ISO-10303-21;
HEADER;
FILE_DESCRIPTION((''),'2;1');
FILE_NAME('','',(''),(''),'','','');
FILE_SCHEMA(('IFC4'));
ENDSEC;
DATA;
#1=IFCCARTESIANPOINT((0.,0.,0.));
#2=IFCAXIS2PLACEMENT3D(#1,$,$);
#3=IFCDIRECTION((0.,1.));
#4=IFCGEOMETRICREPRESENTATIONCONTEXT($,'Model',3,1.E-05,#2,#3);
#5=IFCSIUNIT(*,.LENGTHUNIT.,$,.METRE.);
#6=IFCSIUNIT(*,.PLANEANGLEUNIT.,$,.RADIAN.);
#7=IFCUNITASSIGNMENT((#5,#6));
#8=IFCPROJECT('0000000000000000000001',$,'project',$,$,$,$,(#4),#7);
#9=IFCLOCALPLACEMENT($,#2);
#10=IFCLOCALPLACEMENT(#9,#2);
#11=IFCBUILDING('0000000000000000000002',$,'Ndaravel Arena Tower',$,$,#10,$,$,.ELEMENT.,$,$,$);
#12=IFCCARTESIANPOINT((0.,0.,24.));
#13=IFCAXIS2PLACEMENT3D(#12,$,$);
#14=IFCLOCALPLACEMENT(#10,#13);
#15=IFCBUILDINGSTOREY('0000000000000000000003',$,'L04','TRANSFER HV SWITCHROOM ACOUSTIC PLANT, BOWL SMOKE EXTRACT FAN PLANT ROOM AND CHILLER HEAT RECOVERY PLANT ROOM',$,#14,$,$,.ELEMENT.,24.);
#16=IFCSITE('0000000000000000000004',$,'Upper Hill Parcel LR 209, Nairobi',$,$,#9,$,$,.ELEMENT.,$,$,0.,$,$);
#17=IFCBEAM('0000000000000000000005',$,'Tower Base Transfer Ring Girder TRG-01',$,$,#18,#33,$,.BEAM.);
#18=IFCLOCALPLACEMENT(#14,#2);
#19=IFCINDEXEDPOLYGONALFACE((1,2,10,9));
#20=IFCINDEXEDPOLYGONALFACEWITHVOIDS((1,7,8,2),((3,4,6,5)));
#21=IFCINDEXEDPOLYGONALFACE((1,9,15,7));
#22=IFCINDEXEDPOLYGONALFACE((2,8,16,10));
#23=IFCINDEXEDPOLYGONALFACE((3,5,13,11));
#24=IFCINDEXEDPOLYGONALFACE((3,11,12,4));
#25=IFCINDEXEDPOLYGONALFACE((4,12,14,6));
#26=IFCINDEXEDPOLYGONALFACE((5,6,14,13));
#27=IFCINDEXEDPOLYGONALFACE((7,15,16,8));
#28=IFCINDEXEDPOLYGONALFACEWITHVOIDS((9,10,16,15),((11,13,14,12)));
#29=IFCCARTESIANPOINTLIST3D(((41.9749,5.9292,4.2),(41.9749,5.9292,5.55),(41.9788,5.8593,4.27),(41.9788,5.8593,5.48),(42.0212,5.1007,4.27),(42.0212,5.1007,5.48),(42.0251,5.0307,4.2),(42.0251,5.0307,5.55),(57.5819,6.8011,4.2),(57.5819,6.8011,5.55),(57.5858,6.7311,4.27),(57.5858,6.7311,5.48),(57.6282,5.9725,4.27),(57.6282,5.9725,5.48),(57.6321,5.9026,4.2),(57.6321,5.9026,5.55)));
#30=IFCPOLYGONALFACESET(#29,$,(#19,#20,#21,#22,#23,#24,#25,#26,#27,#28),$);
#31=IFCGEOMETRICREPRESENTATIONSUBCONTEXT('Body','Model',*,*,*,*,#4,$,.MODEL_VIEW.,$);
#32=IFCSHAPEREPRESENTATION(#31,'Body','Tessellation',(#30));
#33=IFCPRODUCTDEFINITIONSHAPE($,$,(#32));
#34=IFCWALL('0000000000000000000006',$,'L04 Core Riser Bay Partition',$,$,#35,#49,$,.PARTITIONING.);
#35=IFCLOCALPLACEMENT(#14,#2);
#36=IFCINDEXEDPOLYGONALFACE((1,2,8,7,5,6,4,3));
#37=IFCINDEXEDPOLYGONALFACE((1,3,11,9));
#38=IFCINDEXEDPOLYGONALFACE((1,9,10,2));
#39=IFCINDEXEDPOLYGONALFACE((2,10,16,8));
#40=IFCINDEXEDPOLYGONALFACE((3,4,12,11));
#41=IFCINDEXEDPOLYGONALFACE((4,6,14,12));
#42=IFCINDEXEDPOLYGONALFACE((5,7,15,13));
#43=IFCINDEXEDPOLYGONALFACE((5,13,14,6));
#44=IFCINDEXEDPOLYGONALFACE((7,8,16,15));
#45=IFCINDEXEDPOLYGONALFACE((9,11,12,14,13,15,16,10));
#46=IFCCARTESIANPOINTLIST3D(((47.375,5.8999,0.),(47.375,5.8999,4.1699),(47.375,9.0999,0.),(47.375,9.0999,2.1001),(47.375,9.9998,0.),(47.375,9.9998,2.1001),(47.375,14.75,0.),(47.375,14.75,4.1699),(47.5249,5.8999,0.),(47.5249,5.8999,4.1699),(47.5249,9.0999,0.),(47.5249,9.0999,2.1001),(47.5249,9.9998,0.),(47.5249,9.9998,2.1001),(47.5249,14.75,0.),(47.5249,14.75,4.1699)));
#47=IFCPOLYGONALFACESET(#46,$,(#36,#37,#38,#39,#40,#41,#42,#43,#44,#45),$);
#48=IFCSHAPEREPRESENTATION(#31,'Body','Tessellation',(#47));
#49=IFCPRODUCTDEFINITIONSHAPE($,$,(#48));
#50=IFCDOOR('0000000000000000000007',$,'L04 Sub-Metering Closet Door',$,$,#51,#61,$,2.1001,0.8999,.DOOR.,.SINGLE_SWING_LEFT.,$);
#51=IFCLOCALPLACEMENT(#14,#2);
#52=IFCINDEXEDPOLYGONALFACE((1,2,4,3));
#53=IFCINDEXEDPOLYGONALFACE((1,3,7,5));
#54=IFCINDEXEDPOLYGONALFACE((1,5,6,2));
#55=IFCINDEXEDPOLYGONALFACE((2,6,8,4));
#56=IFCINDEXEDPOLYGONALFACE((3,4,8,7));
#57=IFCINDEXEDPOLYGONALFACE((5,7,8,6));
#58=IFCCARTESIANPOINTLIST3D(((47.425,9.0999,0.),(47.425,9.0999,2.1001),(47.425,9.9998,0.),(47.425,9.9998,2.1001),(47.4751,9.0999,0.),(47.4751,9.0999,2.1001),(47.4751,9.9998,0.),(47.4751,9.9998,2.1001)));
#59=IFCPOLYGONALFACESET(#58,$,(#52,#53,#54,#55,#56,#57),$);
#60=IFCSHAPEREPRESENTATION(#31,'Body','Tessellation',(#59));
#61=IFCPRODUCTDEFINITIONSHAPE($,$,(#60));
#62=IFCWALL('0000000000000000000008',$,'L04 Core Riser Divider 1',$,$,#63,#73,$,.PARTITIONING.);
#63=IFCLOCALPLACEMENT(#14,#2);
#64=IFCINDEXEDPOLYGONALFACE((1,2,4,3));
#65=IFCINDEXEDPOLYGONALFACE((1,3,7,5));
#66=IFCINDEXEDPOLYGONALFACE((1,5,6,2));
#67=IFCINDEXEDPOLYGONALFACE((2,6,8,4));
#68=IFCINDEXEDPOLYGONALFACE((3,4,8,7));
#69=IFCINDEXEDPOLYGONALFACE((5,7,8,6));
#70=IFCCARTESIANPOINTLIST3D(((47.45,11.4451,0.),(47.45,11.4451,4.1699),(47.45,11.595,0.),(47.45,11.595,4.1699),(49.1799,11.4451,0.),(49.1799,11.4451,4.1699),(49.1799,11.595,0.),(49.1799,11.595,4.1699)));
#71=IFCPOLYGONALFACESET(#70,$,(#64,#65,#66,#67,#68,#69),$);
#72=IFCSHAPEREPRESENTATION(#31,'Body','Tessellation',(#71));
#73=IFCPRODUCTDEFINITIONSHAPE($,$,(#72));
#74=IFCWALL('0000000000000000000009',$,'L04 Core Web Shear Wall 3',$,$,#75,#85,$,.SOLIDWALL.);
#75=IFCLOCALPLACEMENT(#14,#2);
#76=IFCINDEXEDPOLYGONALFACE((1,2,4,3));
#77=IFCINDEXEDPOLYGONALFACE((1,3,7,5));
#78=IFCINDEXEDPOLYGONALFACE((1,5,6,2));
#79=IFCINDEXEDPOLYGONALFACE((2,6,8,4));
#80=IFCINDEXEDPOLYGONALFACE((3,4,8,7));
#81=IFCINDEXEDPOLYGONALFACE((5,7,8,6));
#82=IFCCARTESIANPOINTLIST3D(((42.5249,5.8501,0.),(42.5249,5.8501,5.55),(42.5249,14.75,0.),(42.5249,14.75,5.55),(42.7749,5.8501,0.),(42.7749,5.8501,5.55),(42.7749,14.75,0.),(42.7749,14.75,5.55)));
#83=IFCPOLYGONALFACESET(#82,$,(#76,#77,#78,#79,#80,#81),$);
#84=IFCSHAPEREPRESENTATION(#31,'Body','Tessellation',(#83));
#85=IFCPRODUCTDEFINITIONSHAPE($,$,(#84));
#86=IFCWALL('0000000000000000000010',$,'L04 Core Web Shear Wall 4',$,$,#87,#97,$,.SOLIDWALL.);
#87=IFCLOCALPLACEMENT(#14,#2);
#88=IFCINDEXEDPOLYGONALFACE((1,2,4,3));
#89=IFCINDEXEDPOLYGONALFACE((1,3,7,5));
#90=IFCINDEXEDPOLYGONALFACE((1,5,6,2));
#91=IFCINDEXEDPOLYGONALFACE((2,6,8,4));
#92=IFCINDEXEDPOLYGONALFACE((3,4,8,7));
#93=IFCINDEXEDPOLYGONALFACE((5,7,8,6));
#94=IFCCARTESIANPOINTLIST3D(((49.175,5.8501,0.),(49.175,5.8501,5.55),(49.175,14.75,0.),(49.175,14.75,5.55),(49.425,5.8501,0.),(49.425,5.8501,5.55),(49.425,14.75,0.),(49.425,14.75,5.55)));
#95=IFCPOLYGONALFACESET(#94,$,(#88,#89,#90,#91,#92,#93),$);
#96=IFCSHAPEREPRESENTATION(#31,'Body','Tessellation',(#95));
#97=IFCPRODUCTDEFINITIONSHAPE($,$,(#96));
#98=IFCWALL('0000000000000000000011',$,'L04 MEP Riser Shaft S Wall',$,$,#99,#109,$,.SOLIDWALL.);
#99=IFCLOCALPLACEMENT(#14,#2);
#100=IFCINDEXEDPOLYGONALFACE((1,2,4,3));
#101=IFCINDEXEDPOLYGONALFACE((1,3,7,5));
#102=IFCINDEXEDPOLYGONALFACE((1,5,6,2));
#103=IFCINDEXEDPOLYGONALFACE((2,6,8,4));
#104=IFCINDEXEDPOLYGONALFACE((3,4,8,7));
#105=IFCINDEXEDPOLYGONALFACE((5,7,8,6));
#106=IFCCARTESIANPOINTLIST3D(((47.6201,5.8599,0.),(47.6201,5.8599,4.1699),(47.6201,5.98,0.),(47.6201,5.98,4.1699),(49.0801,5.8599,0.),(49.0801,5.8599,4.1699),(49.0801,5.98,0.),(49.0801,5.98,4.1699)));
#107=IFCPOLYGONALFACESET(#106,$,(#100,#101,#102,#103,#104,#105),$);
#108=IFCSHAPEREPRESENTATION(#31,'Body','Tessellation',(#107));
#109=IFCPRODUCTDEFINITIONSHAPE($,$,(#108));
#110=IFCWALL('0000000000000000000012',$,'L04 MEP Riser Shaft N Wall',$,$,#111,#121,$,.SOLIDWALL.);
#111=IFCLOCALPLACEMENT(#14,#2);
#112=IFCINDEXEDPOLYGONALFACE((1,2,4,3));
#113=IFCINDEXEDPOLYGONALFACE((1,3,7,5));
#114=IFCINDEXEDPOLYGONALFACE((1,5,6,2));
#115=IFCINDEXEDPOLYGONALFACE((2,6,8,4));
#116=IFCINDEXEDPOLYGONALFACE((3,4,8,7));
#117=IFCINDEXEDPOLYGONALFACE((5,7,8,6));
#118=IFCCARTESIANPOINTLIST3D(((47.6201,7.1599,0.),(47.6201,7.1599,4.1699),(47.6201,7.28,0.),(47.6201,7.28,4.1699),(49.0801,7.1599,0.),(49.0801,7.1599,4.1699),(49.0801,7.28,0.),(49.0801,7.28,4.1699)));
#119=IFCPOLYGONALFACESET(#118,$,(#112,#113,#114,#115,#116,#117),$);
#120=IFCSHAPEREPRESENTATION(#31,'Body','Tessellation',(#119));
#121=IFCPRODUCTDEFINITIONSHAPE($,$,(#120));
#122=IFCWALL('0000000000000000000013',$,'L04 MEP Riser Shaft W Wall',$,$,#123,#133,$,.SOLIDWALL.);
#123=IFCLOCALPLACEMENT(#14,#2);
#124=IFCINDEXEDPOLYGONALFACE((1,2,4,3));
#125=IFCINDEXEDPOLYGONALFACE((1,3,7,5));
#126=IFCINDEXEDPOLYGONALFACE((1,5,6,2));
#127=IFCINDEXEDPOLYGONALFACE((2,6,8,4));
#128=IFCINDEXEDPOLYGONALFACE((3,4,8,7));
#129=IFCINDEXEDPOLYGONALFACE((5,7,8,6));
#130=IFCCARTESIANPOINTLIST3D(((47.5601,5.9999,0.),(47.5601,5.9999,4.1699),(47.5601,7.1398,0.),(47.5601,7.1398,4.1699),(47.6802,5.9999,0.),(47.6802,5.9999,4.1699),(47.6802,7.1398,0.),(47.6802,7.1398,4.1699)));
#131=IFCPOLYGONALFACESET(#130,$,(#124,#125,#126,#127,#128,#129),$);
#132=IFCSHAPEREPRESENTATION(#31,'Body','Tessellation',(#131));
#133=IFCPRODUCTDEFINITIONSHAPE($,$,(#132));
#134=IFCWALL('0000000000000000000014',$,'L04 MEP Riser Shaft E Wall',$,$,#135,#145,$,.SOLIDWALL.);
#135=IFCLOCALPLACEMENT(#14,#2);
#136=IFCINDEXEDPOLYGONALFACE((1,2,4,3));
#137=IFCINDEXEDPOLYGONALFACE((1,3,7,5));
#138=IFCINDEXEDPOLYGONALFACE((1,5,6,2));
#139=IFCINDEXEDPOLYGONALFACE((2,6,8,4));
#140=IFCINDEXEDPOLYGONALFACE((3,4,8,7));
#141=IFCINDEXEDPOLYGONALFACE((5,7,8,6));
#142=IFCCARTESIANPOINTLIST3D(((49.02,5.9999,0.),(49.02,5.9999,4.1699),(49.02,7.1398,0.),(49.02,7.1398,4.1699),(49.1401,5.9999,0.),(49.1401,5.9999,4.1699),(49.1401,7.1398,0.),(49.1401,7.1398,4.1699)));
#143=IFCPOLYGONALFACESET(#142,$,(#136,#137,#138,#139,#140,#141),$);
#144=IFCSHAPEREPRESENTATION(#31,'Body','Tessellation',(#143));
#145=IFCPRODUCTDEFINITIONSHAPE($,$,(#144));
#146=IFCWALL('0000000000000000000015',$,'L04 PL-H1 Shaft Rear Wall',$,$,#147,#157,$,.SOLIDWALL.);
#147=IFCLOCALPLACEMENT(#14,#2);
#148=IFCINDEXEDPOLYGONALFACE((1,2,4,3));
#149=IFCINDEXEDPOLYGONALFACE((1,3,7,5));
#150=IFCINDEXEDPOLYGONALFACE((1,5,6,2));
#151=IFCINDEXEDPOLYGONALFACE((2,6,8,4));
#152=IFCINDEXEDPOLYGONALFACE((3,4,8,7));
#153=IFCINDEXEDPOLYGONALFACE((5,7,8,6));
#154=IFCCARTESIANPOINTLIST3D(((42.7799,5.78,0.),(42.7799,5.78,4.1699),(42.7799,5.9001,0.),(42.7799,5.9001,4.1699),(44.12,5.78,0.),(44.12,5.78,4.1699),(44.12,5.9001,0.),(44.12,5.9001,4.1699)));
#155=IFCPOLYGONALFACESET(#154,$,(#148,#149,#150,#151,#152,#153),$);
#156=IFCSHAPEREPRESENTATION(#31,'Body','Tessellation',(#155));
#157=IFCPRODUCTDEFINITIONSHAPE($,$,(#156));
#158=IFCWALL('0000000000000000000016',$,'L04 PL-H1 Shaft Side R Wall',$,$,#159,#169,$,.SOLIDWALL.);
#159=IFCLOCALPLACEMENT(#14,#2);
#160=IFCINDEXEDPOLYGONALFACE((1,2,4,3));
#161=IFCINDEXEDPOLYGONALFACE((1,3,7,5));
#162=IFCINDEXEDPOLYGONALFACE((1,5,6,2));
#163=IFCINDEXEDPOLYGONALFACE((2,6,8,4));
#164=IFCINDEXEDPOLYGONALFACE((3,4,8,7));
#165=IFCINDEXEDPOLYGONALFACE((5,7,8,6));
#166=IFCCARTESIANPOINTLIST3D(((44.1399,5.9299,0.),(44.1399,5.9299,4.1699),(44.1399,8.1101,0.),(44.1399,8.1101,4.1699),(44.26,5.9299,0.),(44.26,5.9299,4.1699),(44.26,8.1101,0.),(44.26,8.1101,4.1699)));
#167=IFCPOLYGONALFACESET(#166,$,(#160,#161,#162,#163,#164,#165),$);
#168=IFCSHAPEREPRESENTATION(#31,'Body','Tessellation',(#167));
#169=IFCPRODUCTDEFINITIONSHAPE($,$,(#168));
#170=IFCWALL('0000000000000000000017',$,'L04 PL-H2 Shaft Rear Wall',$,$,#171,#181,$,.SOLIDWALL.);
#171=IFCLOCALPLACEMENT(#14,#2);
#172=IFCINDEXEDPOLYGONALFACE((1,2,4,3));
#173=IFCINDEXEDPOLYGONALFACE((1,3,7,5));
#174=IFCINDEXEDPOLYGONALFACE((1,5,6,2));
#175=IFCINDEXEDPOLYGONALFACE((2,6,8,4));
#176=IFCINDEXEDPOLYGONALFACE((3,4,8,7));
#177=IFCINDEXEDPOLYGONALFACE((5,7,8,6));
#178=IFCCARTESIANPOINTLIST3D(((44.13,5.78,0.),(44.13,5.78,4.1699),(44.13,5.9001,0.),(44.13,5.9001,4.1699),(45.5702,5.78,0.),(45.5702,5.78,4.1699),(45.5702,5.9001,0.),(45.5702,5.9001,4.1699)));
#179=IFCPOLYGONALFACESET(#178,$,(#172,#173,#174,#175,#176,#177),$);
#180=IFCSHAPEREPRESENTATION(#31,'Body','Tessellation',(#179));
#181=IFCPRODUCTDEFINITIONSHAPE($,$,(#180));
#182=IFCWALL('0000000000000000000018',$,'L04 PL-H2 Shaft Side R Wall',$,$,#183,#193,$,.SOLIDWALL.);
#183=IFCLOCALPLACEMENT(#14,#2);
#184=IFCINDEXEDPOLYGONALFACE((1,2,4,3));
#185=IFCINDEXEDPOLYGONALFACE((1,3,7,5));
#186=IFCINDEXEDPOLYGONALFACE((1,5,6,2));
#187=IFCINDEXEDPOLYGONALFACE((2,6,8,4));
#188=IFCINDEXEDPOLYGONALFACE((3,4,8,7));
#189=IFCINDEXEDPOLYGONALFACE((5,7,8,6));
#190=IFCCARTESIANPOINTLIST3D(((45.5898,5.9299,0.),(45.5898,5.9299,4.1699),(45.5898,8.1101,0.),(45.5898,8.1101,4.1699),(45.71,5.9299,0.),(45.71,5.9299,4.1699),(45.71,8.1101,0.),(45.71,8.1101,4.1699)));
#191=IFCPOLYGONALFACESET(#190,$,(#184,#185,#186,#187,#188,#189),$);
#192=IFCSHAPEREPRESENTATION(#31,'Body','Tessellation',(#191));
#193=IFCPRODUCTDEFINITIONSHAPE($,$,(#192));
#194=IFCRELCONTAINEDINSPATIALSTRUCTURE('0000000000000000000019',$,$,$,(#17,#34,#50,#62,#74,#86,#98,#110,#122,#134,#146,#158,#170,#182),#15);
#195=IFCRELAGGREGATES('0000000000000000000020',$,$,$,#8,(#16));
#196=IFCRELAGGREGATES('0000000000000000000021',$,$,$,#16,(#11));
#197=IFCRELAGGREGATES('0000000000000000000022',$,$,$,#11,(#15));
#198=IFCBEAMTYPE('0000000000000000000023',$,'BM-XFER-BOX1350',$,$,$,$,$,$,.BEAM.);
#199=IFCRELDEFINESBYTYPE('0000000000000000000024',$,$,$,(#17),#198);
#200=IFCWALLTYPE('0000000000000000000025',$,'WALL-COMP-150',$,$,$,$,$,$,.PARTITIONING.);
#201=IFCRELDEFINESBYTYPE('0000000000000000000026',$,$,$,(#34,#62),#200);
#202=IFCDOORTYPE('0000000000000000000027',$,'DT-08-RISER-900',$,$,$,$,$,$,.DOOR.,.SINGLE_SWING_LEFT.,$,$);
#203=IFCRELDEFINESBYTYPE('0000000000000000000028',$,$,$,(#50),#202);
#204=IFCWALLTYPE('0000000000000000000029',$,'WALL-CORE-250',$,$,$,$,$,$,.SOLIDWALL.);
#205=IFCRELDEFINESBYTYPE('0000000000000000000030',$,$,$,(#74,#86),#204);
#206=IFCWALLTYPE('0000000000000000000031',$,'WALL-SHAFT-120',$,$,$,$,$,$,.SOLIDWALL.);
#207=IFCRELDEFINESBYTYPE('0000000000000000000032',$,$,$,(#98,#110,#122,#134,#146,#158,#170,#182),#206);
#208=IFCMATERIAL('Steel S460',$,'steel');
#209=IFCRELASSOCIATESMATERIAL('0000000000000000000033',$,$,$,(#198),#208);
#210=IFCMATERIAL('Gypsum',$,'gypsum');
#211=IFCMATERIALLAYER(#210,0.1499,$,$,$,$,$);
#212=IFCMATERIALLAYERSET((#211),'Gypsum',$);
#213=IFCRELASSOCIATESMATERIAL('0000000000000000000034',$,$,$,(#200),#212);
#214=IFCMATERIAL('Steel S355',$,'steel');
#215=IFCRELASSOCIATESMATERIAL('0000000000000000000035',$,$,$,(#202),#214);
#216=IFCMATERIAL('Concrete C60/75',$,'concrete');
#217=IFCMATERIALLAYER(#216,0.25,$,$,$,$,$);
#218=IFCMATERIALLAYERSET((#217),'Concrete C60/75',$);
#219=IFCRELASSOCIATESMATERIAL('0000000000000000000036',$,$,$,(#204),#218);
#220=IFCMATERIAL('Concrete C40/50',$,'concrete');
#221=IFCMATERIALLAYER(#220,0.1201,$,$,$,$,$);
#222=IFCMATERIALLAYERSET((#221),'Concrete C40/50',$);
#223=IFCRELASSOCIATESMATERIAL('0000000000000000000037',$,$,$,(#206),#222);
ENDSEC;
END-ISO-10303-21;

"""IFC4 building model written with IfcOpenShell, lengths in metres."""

from ifc_helpers import new_model, si_unit, direction, frame, frame_2d, origin, origin_2d, place, context, subcontext, project, spatial, rectangle, hollow_rectangle, extrude, material, layer, layer_set, material_profile, profile_set, type_object, element, fill, save


model = new_model("IFC4")

# Units and contexts
model_context = context("Model", 3, precision=1e-05, world=origin(), true_north=direction((0.0, 1.0)))
body_context = subcontext(model_context, "Body", "Model", "MODEL_VIEW")
ifc_project = project(units=[si_unit("LENGTHUNIT", "METRE"), si_unit("PLANEANGLEUNIT", "RADIAN")], contexts=[model_context])

# Site, building, storey
site_placement = place(None, origin())
site = spatial("IfcSite", under=ifc_project, at=site_placement, Name="Upper Hill Parcel LR 209, Nairobi", CompositionType="ELEMENT", RefElevation=0.0)
building_placement = place(site_placement, origin())
building = spatial("IfcBuilding", under=site, at=building_placement, Name="Ndaravel Arena Tower", CompositionType="ELEMENT")
storey_placement = place(building_placement, frame((0.0, 0.0, 24.0)))
storey = spatial("IfcBuildingStorey", under=building, at=storey_placement, Name="L04", Description="TRANSFER HV SWITCHROOM ACOUSTIC PLANT, BOWL SMOKE EXTRACT FAN PLANT ROOM AND CHILLER HEAT RECOVERY PLANT ROOM", CompositionType="ELEMENT", Elevation=24.0)

# Beam
ifc_material_1 = material(Name="Steel S460", Category="steel")
ifc_material_profile = material_profile(ifc_material_1, hollow_rectangle(XDim=0.8999, YDim=1.3501, WallThickness=0.0701, at=origin_2d()), Name="BOX 1350x900x70")
ifc_profile_set = profile_set([ifc_material_profile], Name="Steel S460")
beam_type = type_object("IfcBeamType", Name="BM-XFER-BOX1350", PredefinedType="BEAM", material=ifc_profile_set)
beam_placement = place(storey_placement, frame((42.0, 5.48, 4.875), z_axis=(0.998443, 0.055775, 0.0), x_axis=(-0.055775, 0.998443, 0.0)))
element("IfcBeam", 1, at=beam_placement, inside=storey, type_object=beam_type, Name="Tower Base Transfer Ring Girder TRG-01", PredefinedType="BEAM", context=body_context, shape_type="SweptSolid", body=[
    extrude(hollow_rectangle(XDim=0.8999, YDim=1.3501, WallThickness=0.0701, at=origin_2d()), origin(), (0.0, 0.0, 1.0), 15.6313),
])

# Wall, opening, door
ifc_material_2 = material(Name="Gypsum", Category="gypsum")
ifc_layer_1 = layer(ifc_material_2, 0.1499)
ifc_layer_set_1 = layer_set([ifc_layer_1], Name="Gypsum")
wall_type_1 = type_object("IfcWallType", Name="WALL-COMP-150", PredefinedType="PARTITIONING", material=ifc_layer_set_1)
wall_1_placement = place(storey_placement, frame((47.45, 5.8999, 0.0), z_axis=(0.0, 0.0, 1.0), x_axis=(0.0, 1.0, 0.0)))
wall_1 = element("IfcWall", 2, at=wall_1_placement, inside=storey, type_object=wall_type_1, Name="L04 Core Riser Bay Partition", PredefinedType="PARTITIONING", context=body_context, shape_type="SweptSolid", body=[
    extrude(rectangle(XDim=8.8501, YDim=0.1499, at=frame_2d((4.425, 0.0))), origin(), (0.0, 0.0, 1.0), 4.1699),
])
opening_placement = place(wall_1_placement, frame((3.2, 0.0, 0.0)))
opening = element("IfcOpeningElement", 3, at=opening_placement, cuts=wall_1, PredefinedType="OPENING", context=body_context, shape_type="SweptSolid", body=[
    extrude(rectangle(XDim=0.8999, YDim=2.1001, at=frame_2d((0.45, 1.05))), frame((0.0, 0.075, 0.0), z_axis=(0.0, -1.0, 0.0), x_axis=(1.0, 0.0, 0.0)), (0.0, 0.0, 1.0), 0.1499),
])
ifc_material_3 = material(Name="Steel S355", Category="steel")
door_type = type_object("IfcDoorType", Name="DT-08-RISER-900", OperationType="SINGLE_SWING_LEFT", PredefinedType="DOOR", material=ifc_material_3)
door_placement = place(opening_placement, origin())
door = element("IfcDoor", 4, at=door_placement, inside=storey, type_object=door_type, Name="L04 Sub-Metering Closet Door", OperationType="SINGLE_SWING_LEFT", OverallHeight=2.1001, OverallWidth=0.8999, PredefinedType="DOOR", context=body_context, shape_type="SweptSolid", body=[
    extrude(rectangle(XDim=0.8999, YDim=2.1001, at=frame_2d((0.45, 1.05))), frame((0.0, 0.0249, 0.0), z_axis=(0.0, -1.0, 0.0), x_axis=(1.0, 0.0, 0.0)), (0.0, 0.0, 1.0), 0.05),
])
fill(opening, door)

# Walls
wall_2_placement = place(storey_placement, frame((47.45, 11.52, 0.0), z_axis=(0.0, 0.0, 1.0), x_axis=(1.0, 0.0, 0.0)))
element("IfcWall", 5, at=wall_2_placement, inside=storey, type_object=wall_type_1, Name="L04 Core Riser Divider 1", PredefinedType="PARTITIONING", context=body_context, shape_type="SweptSolid", body=[
    extrude(rectangle(XDim=1.73, YDim=0.1499, at=frame_2d((0.865, 0.0))), origin(), (0.0, 0.0, 1.0), 4.1699),
])
ifc_material_4 = material(Name="Concrete C60/75", Category="concrete")
ifc_layer_2 = layer(ifc_material_4, 0.25)
ifc_layer_set_2 = layer_set([ifc_layer_2], Name="Concrete C60/75")
wall_type_2 = type_object("IfcWallType", Name="WALL-CORE-250", PredefinedType="SOLIDWALL", material=ifc_layer_set_2)
for number, where, z_axis, x_axis, name in (
    (6, (42.6499, 5.8501, 0.0), (0.0, 0.0, 1.0), (0.0, 1.0, 0.0), "L04 Core Web Shear Wall 3"),
    (7, (49.3, 5.8501, 0.0), (0.0, 0.0, 1.0), (0.0, 1.0, 0.0), "L04 Core Web Shear Wall 4"),
):
    element("IfcWall", number, at=place(storey_placement, frame(where, z_axis=z_axis, x_axis=x_axis)), inside=storey, type_object=wall_type_2, Name=name, PredefinedType="SOLIDWALL", context=body_context, shape_type="SweptSolid", body=[
        extrude(rectangle(XDim=8.8999, YDim=0.25, at=frame_2d((4.45, 0.0))), origin(), (0.0, 0.0, 1.0), 5.55),
    ])
ifc_material_5 = material(Name="Concrete C40/50", Category="concrete")
ifc_layer_3 = layer(ifc_material_5, 0.1201)
ifc_layer_set_3 = layer_set([ifc_layer_3], Name="Concrete C40/50")
wall_type_3 = type_object("IfcWallType", Name="WALL-SHAFT-120", PredefinedType="SOLIDWALL", material=ifc_layer_set_3)
for number, where, z_axis, x_axis, name in (
    (8, (47.6201, 5.9199, 0.0), (0.0, 0.0, 1.0), (1.0, 0.0, 0.0), "L04 MEP Riser Shaft S Wall"),
    (9, (47.6201, 7.22, 0.0), (0.0, 0.0, 1.0), (1.0, 0.0, 0.0), "L04 MEP Riser Shaft N Wall"),
):
    element("IfcWall", number, at=place(storey_placement, frame(where, z_axis=z_axis, x_axis=x_axis)), inside=storey, type_object=wall_type_3, Name=name, PredefinedType="SOLIDWALL", context=body_context, shape_type="SweptSolid", body=[
        extrude(rectangle(XDim=1.46, YDim=0.1201, at=frame_2d((0.73, 0.0))), origin(), (0.0, 0.0, 1.0), 4.1699),
    ])
for number, where, z_axis, x_axis, name in (
    (10, (47.6201, 6.0, 0.0), (0.0, 0.0, 1.0), (0.0, 1.0, 0.0), "L04 MEP Riser Shaft W Wall"),
    (11, (49.0801, 6.0, 0.0), (0.0, 0.0, 1.0), (0.0, 1.0, 0.0), "L04 MEP Riser Shaft E Wall"),
):
    element("IfcWall", number, at=place(storey_placement, frame(where, z_axis=z_axis, x_axis=x_axis)), inside=storey, type_object=wall_type_3, Name=name, PredefinedType="SOLIDWALL", context=body_context, shape_type="SweptSolid", body=[
        extrude(rectangle(XDim=1.1399, YDim=0.1201, at=frame_2d((0.5698, 0.0))), origin(), (0.0, 0.0, 1.0), 4.1699),
    ])
wall_3_placement = place(storey_placement, frame((42.78, 5.8401, 0.0), z_axis=(0.0, 0.0, 1.0), x_axis=(1.0, 0.0, 0.0)))
element("IfcWall", 12, at=wall_3_placement, inside=storey, type_object=wall_type_3, Name="L04 PL-H1 Shaft Rear Wall", PredefinedType="SOLIDWALL", context=body_context, shape_type="SweptSolid", body=[
    extrude(rectangle(XDim=1.3401, YDim=0.1201, at=frame_2d((0.6699, 0.0))), origin(), (0.0, 0.0, 1.0), 4.1699),
])
wall_4_placement = place(storey_placement, frame((44.2, 5.9299, 0.0), z_axis=(0.0, 0.0, 1.0), x_axis=(0.0, 1.0, 0.0)))
element("IfcWall", 13, at=wall_4_placement, inside=storey, type_object=wall_type_3, Name="L04 PL-H1 Shaft Side R Wall", PredefinedType="SOLIDWALL", context=body_context, shape_type="SweptSolid", body=[
    extrude(rectangle(XDim=2.1802, YDim=0.1201, at=frame_2d((1.0901, 0.0))), origin(), (0.0, 0.0, 1.0), 4.1699),
])
wall_5_placement = place(storey_placement, frame((44.1299, 5.8401, 0.0), z_axis=(0.0, 0.0, 1.0), x_axis=(1.0, 0.0, 0.0)))
element("IfcWall", 14, at=wall_5_placement, inside=storey, type_object=wall_type_3, Name="L04 PL-H2 Shaft Rear Wall", PredefinedType="SOLIDWALL", context=body_context, shape_type="SweptSolid", body=[
    extrude(rectangle(XDim=1.4402, YDim=0.1201, at=frame_2d((0.7202, 0.0))), origin(), (0.0, 0.0, 1.0), 4.1699),
])
wall_6_placement = place(storey_placement, frame((45.6499, 5.9299, 0.0), z_axis=(0.0, 0.0, 1.0), x_axis=(0.0, 1.0, 0.0)))
element("IfcWall", 15, at=wall_6_placement, inside=storey, type_object=wall_type_3, Name="L04 PL-H2 Shaft Side R Wall", PredefinedType="SOLIDWALL", context=body_context, shape_type="SweptSolid", body=[
    extrude(rectangle(XDim=2.1802, YDim=0.1201, at=frame_2d((1.0901, 0.0))), origin(), (0.0, 0.0, 1.0), 4.1699),
])

save(model, "model.ifc")
